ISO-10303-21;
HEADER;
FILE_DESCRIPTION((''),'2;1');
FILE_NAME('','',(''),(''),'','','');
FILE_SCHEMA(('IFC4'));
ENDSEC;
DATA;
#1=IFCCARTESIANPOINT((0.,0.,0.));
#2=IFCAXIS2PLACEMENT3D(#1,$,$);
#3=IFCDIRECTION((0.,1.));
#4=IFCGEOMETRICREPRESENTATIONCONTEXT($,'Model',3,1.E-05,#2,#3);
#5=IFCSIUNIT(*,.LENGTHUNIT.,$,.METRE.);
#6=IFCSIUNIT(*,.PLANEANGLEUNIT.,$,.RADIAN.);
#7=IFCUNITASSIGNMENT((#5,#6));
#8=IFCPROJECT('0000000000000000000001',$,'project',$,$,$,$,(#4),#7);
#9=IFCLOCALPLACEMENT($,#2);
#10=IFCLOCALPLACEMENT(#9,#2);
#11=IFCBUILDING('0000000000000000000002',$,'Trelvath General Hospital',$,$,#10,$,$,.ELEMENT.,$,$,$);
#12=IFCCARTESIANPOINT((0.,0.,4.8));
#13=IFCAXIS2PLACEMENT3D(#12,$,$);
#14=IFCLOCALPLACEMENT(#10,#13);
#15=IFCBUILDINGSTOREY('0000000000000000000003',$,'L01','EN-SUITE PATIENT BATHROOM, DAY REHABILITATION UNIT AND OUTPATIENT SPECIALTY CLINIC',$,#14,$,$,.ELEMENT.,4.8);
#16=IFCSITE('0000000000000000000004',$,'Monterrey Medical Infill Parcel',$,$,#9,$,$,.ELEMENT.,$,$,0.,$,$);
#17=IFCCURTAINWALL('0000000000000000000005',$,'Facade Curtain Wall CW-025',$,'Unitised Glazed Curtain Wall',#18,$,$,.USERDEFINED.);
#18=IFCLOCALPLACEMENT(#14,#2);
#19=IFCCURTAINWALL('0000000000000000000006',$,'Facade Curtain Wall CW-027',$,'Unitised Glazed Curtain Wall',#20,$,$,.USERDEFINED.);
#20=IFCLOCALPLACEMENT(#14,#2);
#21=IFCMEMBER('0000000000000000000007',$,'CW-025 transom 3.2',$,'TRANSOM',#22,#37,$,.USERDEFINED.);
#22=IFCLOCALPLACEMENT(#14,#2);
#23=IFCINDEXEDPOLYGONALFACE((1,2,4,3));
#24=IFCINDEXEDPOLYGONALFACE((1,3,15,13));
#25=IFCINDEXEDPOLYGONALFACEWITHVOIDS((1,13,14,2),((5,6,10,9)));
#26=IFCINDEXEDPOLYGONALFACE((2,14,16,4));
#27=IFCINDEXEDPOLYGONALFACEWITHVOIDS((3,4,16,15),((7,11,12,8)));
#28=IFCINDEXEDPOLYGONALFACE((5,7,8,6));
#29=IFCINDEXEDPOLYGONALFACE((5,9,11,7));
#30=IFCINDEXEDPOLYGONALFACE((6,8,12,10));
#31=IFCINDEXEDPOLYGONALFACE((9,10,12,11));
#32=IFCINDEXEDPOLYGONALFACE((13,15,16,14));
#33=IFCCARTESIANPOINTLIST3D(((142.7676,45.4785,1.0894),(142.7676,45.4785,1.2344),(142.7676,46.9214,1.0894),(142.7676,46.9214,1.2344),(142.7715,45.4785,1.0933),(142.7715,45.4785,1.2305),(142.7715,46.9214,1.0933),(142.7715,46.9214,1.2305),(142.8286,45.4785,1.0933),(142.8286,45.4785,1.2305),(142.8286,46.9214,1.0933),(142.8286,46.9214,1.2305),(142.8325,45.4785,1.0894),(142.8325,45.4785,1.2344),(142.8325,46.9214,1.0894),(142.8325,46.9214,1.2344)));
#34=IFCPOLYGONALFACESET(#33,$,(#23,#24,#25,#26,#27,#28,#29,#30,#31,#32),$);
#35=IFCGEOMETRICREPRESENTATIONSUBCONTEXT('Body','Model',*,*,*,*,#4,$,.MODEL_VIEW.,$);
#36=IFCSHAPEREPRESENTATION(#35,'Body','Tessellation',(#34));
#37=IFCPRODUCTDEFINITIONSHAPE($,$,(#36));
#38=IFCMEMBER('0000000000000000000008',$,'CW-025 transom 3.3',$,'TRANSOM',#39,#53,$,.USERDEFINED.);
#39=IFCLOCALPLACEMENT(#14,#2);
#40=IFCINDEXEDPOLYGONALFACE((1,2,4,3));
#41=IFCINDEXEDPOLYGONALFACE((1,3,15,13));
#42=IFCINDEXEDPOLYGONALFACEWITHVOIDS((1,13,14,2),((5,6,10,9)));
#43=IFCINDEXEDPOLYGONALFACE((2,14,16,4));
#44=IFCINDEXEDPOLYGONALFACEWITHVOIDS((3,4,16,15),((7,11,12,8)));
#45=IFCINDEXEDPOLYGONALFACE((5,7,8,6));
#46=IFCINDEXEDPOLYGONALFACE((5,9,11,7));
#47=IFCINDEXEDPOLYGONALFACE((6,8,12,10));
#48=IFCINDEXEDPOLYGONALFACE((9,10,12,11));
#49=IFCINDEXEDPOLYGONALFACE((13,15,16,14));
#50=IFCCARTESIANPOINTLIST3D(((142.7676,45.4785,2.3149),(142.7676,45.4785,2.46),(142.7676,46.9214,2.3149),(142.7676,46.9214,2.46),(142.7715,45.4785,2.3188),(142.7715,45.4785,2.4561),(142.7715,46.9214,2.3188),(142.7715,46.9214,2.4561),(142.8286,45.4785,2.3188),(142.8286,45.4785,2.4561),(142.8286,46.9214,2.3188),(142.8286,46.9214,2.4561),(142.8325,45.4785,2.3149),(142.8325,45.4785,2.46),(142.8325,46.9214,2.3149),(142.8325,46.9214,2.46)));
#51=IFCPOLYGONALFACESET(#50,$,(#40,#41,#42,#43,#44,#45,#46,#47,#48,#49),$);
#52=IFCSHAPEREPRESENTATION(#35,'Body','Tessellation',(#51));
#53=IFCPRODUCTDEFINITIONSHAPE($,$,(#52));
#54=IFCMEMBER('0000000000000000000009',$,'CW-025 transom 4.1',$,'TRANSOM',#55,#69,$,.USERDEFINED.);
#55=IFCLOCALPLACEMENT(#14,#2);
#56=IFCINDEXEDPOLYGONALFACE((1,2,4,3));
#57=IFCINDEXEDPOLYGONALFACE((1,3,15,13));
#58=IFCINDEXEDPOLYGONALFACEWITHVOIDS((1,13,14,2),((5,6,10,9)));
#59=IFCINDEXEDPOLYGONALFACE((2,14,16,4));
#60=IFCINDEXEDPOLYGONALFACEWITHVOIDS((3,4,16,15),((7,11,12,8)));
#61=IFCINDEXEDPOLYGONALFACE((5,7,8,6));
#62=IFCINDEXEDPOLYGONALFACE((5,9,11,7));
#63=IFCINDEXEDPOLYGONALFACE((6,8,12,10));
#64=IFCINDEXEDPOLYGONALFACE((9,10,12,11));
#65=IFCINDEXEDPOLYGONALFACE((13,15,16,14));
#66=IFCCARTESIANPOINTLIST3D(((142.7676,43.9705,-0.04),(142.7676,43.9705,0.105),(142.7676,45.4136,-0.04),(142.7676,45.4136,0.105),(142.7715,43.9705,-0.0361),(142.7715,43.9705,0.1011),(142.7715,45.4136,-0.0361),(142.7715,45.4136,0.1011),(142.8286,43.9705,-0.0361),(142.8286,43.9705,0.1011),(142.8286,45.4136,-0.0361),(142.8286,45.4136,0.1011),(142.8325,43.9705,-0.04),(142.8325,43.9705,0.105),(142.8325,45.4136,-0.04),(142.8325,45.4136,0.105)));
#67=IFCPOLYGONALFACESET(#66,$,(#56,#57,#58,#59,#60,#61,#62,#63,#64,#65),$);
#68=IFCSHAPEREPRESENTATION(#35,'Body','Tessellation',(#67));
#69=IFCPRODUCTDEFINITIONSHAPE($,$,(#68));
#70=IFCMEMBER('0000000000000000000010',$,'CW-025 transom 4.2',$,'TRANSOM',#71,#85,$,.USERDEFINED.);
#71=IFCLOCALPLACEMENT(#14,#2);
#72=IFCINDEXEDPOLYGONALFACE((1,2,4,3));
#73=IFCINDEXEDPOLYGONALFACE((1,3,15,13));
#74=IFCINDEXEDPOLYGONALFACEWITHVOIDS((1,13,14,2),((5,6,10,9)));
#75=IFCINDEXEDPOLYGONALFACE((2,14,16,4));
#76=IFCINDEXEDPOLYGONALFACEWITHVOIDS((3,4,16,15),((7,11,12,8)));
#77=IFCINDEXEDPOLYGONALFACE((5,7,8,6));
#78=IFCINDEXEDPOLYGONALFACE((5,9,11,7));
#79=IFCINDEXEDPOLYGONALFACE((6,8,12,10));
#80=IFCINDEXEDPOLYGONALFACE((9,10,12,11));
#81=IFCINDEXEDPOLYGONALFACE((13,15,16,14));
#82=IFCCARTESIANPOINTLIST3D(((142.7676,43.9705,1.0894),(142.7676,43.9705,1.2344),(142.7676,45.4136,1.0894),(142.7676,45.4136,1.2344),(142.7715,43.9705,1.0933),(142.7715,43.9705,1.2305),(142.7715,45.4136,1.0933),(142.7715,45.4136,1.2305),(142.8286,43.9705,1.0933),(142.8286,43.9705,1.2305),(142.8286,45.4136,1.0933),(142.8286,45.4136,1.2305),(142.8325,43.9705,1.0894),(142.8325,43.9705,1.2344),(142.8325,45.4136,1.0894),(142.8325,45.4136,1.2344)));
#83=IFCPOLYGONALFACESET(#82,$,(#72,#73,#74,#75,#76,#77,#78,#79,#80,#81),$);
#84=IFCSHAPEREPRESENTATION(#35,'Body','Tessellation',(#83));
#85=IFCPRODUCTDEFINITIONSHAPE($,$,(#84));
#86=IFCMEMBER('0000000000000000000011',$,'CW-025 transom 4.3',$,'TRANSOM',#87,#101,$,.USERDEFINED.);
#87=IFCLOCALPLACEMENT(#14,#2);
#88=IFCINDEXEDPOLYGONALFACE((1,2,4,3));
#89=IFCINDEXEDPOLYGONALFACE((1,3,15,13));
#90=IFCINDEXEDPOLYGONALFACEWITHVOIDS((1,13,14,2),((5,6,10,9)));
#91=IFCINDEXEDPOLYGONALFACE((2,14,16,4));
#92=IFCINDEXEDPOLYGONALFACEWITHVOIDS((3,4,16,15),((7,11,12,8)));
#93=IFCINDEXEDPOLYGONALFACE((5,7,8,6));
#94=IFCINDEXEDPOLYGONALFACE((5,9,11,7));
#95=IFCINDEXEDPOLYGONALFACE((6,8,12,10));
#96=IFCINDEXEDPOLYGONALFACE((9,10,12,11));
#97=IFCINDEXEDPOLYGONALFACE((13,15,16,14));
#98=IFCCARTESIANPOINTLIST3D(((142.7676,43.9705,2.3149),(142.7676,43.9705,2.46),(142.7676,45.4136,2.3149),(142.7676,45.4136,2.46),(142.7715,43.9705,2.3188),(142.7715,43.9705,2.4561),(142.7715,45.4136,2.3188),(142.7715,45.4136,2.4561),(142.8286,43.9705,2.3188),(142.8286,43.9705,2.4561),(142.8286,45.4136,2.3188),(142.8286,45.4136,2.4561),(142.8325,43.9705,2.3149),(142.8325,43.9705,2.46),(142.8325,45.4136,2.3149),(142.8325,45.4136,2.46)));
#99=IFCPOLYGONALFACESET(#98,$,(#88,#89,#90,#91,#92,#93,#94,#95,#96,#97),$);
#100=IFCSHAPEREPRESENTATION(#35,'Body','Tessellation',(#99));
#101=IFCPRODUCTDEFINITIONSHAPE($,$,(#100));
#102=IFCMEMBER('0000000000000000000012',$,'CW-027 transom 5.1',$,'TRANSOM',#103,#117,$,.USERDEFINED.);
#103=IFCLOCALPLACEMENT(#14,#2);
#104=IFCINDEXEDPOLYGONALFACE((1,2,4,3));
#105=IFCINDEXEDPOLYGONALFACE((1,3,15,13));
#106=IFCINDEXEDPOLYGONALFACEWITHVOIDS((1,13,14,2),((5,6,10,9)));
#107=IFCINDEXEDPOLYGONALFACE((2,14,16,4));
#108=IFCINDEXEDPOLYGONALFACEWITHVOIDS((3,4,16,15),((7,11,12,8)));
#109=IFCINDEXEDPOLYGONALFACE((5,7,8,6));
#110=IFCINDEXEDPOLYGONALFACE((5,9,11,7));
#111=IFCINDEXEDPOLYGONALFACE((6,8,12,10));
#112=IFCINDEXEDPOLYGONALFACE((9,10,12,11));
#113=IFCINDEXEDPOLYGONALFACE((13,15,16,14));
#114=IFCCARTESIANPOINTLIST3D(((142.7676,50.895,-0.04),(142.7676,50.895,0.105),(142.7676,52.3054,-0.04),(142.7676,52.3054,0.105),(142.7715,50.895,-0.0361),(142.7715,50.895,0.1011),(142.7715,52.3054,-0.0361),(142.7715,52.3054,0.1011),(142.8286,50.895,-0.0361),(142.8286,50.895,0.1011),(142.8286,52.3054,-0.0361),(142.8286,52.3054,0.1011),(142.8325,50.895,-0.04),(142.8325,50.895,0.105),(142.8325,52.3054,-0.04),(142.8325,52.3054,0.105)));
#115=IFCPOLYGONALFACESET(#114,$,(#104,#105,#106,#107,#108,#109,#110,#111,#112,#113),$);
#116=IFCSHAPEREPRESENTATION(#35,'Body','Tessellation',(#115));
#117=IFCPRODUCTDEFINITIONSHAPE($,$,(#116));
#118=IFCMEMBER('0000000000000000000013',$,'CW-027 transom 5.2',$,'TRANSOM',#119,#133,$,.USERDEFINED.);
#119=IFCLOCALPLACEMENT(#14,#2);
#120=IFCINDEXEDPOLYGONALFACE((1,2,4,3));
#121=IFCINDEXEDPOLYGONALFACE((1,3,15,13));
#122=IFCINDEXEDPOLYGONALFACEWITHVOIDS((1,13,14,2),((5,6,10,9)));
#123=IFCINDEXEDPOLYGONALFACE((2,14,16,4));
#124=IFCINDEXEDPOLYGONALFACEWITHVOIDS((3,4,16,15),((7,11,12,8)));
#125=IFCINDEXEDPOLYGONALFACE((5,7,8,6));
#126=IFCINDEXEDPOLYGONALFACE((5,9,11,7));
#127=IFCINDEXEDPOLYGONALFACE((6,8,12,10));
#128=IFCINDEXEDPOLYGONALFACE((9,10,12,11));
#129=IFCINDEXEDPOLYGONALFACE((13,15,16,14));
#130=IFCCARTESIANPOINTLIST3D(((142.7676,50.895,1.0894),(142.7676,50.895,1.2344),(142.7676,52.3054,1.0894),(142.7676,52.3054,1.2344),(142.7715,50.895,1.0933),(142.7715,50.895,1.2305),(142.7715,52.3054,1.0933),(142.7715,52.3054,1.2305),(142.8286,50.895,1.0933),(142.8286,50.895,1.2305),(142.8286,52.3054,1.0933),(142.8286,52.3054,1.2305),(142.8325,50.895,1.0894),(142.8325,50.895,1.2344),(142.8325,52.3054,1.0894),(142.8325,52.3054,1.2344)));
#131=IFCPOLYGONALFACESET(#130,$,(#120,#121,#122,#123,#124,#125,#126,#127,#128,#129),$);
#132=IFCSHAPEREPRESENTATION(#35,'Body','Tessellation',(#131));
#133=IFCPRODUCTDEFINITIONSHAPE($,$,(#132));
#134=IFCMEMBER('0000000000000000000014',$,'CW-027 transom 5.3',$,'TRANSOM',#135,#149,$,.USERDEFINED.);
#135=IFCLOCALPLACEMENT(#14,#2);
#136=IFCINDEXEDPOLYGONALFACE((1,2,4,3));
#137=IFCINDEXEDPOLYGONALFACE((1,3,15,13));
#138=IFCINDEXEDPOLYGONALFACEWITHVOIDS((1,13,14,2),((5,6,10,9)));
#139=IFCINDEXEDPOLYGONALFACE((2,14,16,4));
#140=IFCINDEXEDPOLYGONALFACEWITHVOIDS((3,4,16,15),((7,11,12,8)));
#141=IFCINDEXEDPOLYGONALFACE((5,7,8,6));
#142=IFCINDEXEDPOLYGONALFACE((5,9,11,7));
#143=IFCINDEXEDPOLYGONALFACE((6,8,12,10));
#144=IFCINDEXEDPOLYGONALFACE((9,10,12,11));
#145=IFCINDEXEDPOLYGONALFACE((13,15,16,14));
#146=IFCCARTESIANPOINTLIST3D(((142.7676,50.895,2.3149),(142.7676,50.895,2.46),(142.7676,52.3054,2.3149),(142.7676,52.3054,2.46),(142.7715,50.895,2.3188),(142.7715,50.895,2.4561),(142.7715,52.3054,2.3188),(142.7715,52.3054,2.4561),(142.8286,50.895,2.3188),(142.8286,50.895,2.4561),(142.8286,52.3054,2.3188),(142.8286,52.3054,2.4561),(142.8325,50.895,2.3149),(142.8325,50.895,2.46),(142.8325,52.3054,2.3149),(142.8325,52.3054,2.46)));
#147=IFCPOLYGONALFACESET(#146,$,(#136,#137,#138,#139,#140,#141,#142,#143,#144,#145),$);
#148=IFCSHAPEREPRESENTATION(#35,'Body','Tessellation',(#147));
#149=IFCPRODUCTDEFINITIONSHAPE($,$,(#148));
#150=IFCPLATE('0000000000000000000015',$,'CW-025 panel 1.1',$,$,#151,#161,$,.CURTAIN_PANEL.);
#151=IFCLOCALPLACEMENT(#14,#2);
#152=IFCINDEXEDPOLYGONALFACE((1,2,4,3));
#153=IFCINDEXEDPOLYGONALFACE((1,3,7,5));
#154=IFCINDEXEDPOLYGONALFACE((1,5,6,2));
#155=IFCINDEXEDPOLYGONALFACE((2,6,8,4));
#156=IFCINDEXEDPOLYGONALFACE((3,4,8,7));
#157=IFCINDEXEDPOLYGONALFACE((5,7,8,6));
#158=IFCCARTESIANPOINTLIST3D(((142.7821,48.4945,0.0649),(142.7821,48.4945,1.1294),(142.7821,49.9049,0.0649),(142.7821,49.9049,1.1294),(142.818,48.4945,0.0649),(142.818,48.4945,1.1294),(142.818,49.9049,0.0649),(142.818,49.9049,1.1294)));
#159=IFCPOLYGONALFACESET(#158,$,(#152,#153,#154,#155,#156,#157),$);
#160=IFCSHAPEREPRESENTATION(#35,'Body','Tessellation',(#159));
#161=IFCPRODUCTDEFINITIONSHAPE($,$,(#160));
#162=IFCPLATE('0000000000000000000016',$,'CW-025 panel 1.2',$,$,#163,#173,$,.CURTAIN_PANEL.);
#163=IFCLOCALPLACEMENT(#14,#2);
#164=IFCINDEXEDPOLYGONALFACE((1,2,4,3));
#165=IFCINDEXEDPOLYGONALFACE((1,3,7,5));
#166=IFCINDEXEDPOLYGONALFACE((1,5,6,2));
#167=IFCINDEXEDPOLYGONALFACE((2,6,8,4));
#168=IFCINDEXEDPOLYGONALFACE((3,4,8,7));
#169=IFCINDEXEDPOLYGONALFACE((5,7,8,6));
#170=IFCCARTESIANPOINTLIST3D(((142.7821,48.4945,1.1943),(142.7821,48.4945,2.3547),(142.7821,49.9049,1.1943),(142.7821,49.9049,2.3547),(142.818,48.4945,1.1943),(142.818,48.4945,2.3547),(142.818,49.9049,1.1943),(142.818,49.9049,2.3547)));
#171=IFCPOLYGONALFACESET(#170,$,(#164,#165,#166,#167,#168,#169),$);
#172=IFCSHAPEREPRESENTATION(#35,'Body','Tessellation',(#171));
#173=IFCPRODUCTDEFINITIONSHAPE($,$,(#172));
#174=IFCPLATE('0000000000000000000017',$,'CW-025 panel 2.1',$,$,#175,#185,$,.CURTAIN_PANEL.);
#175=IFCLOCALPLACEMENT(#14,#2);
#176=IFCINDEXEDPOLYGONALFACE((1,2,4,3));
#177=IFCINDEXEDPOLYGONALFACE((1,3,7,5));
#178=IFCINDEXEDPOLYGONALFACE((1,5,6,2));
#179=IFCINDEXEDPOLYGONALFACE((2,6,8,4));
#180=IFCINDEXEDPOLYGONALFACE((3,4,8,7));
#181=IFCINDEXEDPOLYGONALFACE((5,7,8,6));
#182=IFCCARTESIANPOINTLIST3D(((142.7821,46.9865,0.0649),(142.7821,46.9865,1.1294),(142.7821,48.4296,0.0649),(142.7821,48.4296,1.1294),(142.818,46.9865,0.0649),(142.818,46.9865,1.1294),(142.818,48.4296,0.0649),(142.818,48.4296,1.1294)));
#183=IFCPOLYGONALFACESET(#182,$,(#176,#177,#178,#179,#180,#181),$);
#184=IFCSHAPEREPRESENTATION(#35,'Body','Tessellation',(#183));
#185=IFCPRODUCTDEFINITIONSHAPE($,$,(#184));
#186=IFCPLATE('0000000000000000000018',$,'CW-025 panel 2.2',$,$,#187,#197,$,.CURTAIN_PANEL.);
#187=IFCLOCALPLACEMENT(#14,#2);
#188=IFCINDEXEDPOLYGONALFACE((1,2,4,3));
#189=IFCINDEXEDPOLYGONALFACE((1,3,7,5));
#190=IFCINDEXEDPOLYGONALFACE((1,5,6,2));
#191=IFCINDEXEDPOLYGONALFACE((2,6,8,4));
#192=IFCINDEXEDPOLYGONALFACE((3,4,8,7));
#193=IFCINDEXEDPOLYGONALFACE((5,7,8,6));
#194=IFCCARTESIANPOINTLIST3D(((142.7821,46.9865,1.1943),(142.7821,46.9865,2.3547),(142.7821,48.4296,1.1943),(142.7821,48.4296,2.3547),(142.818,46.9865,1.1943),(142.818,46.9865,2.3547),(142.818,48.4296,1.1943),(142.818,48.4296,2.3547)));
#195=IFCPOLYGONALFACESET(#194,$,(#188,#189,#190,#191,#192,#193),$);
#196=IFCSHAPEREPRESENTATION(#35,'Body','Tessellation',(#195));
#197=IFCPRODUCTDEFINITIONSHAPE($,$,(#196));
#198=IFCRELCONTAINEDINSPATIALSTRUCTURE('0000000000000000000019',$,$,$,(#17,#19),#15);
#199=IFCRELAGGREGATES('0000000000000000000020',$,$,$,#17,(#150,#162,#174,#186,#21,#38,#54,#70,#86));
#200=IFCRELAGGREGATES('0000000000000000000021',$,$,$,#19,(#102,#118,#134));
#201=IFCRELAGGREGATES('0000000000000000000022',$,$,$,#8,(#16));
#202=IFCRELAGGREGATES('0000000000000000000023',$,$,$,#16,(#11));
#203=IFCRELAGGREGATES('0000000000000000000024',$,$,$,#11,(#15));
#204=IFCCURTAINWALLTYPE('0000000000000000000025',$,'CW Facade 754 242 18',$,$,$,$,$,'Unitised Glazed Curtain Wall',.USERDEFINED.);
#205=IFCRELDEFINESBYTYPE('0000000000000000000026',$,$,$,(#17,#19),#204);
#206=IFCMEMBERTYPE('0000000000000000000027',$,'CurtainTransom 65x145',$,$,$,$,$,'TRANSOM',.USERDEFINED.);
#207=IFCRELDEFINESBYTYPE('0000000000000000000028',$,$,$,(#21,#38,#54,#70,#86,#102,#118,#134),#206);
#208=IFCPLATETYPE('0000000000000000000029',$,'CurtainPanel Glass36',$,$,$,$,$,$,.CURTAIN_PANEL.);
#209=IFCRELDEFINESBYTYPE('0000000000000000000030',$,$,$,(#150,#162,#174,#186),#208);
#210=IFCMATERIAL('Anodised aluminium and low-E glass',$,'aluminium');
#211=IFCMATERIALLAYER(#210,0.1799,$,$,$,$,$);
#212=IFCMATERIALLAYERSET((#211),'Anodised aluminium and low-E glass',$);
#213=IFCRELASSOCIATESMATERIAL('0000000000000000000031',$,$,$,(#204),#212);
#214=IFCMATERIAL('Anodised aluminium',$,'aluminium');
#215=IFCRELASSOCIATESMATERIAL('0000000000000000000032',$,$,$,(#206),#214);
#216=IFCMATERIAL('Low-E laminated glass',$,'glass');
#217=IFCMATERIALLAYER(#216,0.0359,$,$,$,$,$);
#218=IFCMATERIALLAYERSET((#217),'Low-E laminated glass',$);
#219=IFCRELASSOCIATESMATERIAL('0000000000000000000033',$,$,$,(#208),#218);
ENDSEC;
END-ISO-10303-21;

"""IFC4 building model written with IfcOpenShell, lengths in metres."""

from ifc_helpers import new_model, si_unit, direction, frame, origin, origin_2d, place, context, subcontext, project, spatial, rectangle, hollow_rectangle, extrude, material, layer, layer_set, material_profile, profile_set, type_object, element, aggregate, save


model = new_model("IFC4")

# Units and contexts
model_context = context("Model", 3, precision=1e-05, world=origin(), true_north=direction((0.0, 1.0)))
body_context = subcontext(model_context, "Body", "Model", "MODEL_VIEW")
ifc_project = project(units=[si_unit("LENGTHUNIT", "METRE"), si_unit("PLANEANGLEUNIT", "RADIAN")], contexts=[model_context])

# Site, building, storey
site_placement = place(None, origin())
site = spatial("IfcSite", under=ifc_project, at=site_placement, Name="Monterrey Medical Infill Parcel", CompositionType="ELEMENT", RefElevation=0.0)
building_placement = place(site_placement, origin())
building = spatial("IfcBuilding", under=site, at=building_placement, Name="Trelvath General Hospital", CompositionType="ELEMENT")
storey_placement = place(building_placement, frame((0.0, 0.0, 4.8)))
storey = spatial("IfcBuildingStorey", under=building, at=storey_placement, Name="L01", Description="EN-SUITE PATIENT BATHROOM, DAY REHABILITATION UNIT AND OUTPATIENT SPECIALTY CLINIC", CompositionType="ELEMENT", Elevation=4.8)

# Curtain walls
ifc_material_1 = material(Name="Anodised aluminium and low-E glass", Category="aluminium")
ifc_layer_1 = layer(ifc_material_1, 0.1799)
ifc_layer_set_1 = layer_set([ifc_layer_1], Name="Anodised aluminium and low-E glass")
curtain_wall_type = type_object("IfcCurtainWallType", Name="CW Facade 754 242 18", ElementType="Unitised Glazed Curtain Wall", PredefinedType="USERDEFINED", material=ifc_layer_set_1)
curtain_wall_1_placement = place(storey_placement, origin())
curtain_wall_1 = element("IfcCurtainWall", 1, at=curtain_wall_1_placement, inside=storey, type_object=curtain_wall_type, Name="Facade Curtain Wall CW-025", ObjectType="Unitised Glazed Curtain Wall", PredefinedType="USERDEFINED")
curtain_wall_2_placement = place(storey_placement, origin())
curtain_wall_2 = element("IfcCurtainWall", 2, at=curtain_wall_2_placement, inside=storey, type_object=curtain_wall_type, Name="Facade Curtain Wall CW-027", ObjectType="Unitised Glazed Curtain Wall", PredefinedType="USERDEFINED")

# Members
ifc_material_2 = material(Name="Anodised aluminium", Category="aluminium")
ifc_material_profile_1 = material_profile(ifc_material_2, hollow_rectangle(XDim=0.0649, YDim=0.145, WallThickness=0.0039, at=origin_2d()), Name="RHS65x145x4")
ifc_profile_set_1 = profile_set([ifc_material_profile_1], Name="Anodised aluminium")
member_type_1 = type_object("IfcMemberType", Name="CurtainTransom 65x145", ElementType="TRANSOM", PredefinedType="USERDEFINED", material=ifc_profile_set_1)
member_1_placement = place(storey_placement, frame((142.8, 46.9214, 1.1619), z_axis=(0.0, -1.0, 0.0), x_axis=(1.0, 0.0, 0.0)))
member_1 = element("IfcMember", 3, at=member_1_placement, type_object=member_type_1, Name="CW-025 transom 3.2", ObjectType="TRANSOM", PredefinedType="USERDEFINED", context=body_context, shape_type="SweptSolid", body=[
    extrude(hollow_rectangle(XDim=0.0649, YDim=0.145, WallThickness=0.0039, at=origin_2d()), origin(), (0.0, 0.0, 1.0), 1.4429),
])
member_2_placement = place(storey_placement, frame((142.8, 46.9214, 2.3875), z_axis=(0.0, -1.0, 0.0), x_axis=(1.0, 0.0, 0.0)))
member_2 = element("IfcMember", 4, at=member_2_placement, type_object=member_type_1, Name="CW-025 transom 3.3", ObjectType="TRANSOM", PredefinedType="USERDEFINED", context=body_context, shape_type="SweptSolid", body=[
    extrude(hollow_rectangle(XDim=0.0649, YDim=0.145, WallThickness=0.0039, at=origin_2d()), origin(), (0.0, 0.0, 1.0), 1.4429),
])
member_3_placement = place(storey_placement, frame((142.8, 45.4136, 0.0325), z_axis=(0.0, -1.0, 0.0), x_axis=(1.0, 0.0, 0.0)))
member_3 = element("IfcMember", 5, at=member_3_placement, type_object=member_type_1, Name="CW-025 transom 4.1", ObjectType="TRANSOM", PredefinedType="USERDEFINED", context=body_context, shape_type="SweptSolid", body=[
    extrude(hollow_rectangle(XDim=0.0649, YDim=0.145, WallThickness=0.0039, at=origin_2d()), origin(), (0.0, 0.0, 1.0), 1.4431),
])
member_4_placement = place(storey_placement, frame((142.8, 45.4136, 1.1619), z_axis=(0.0, -1.0, 0.0), x_axis=(1.0, 0.0, 0.0)))
member_4 = element("IfcMember", 6, at=member_4_placement, type_object=member_type_1, Name="CW-025 transom 4.2", ObjectType="TRANSOM", PredefinedType="USERDEFINED", context=body_context, shape_type="SweptSolid", body=[
    extrude(hollow_rectangle(XDim=0.0649, YDim=0.145, WallThickness=0.0039, at=origin_2d()), origin(), (0.0, 0.0, 1.0), 1.4431),
])
member_5_placement = place(storey_placement, frame((142.8, 45.4136, 2.3875), z_axis=(0.0, -1.0, 0.0), x_axis=(1.0, 0.0, 0.0)))
member_5 = element("IfcMember", 7, at=member_5_placement, type_object=member_type_1, Name="CW-025 transom 4.3", ObjectType="TRANSOM", PredefinedType="USERDEFINED", context=body_context, shape_type="SweptSolid", body=[
    extrude(hollow_rectangle(XDim=0.0649, YDim=0.145, WallThickness=0.0039, at=origin_2d()), origin(), (0.0, 0.0, 1.0), 1.4431),
])
member_6_placement = place(storey_placement, frame((142.8, 52.3054, 0.0325), z_axis=(0.0, -1.0, 0.0), x_axis=(1.0, 0.0, 0.0)))
member_6 = element("IfcMember", 8, at=member_6_placement, type_object=member_type_1, Name="CW-027 transom 5.1", ObjectType="TRANSOM", PredefinedType="USERDEFINED", context=body_context, shape_type="SweptSolid", body=[
    extrude(hollow_rectangle(XDim=0.0649, YDim=0.145, WallThickness=0.0039, at=origin_2d()), origin(), (0.0, 0.0, 1.0), 1.4104),
])
member_7_placement = place(storey_placement, frame((142.8, 52.3054, 1.1619), z_axis=(0.0, -1.0, 0.0), x_axis=(1.0, 0.0, 0.0)))
member_7 = element("IfcMember", 9, at=member_7_placement, type_object=member_type_1, Name="CW-027 transom 5.2", ObjectType="TRANSOM", PredefinedType="USERDEFINED", context=body_context, shape_type="SweptSolid", body=[
    extrude(hollow_rectangle(XDim=0.0649, YDim=0.145, WallThickness=0.0039, at=origin_2d()), origin(), (0.0, 0.0, 1.0), 1.4104),
])
member_8_placement = place(storey_placement, frame((142.8, 52.3054, 2.3875), z_axis=(0.0, -1.0, 0.0), x_axis=(1.0, 0.0, 0.0)))
member_8 = element("IfcMember", 10, at=member_8_placement, type_object=member_type_1, Name="CW-027 transom 5.3", ObjectType="TRANSOM", PredefinedType="USERDEFINED", context=body_context, shape_type="SweptSolid", body=[
    extrude(hollow_rectangle(XDim=0.0649, YDim=0.145, WallThickness=0.0039, at=origin_2d()), origin(), (0.0, 0.0, 1.0), 1.4104),
])

# Plates
ifc_material_3 = material(Name="Low-E laminated glass", Category="glass")
ifc_layer_2 = layer(ifc_material_3, 0.0359)
ifc_layer_set_2 = layer_set([ifc_layer_2], Name="Low-E laminated glass")
plate_type = type_object("IfcPlateType", Name="CurtainPanel Glass36", PredefinedType="CURTAIN_PANEL", material=ifc_layer_set_2)
plate_1_placement = place(storey_placement, frame((142.8, 49.1997, 0.0649), z_axis=(0.0, 0.0, 1.0), x_axis=(0.0, -1.0, 0.0)))
plate_1 = element("IfcPlate", 11, at=plate_1_placement, type_object=plate_type, Name="CW-025 panel 1.1", PredefinedType="CURTAIN_PANEL", context=body_context, shape_type="SweptSolid", body=[
    extrude(rectangle(XDim=1.4104, YDim=0.0359, at=origin_2d()), origin(), (0.0, 0.0, 1.0), 1.0645),
])
plate_2_placement = place(storey_placement, frame((142.8, 49.1997, 1.1943), z_axis=(0.0, 0.0, 1.0), x_axis=(0.0, -1.0, 0.0)))
plate_2 = element("IfcPlate", 12, at=plate_2_placement, type_object=plate_type, Name="CW-025 panel 1.2", PredefinedType="CURTAIN_PANEL", context=body_context, shape_type="SweptSolid", body=[
    extrude(rectangle(XDim=1.4104, YDim=0.0359, at=origin_2d()), origin(), (0.0, 0.0, 1.0), 1.1604),
])
plate_3_placement = place(storey_placement, frame((142.8, 47.708, 0.0649), z_axis=(0.0, 0.0, 1.0), x_axis=(0.0, -1.0, 0.0)))
plate_3 = element("IfcPlate", 13, at=plate_3_placement, type_object=plate_type, Name="CW-025 panel 2.1", PredefinedType="CURTAIN_PANEL", context=body_context, shape_type="SweptSolid", body=[
    extrude(rectangle(XDim=1.4431, YDim=0.0359, at=origin_2d()), origin(), (0.0, 0.0, 1.0), 1.0645),
])
plate_4_placement = place(storey_placement, frame((142.8, 47.708, 1.1943), z_axis=(0.0, 0.0, 1.0), x_axis=(0.0, -1.0, 0.0)))
plate_4 = element("IfcPlate", 14, at=plate_4_placement, type_object=plate_type, Name="CW-025 panel 2.2", PredefinedType="CURTAIN_PANEL", context=body_context, shape_type="SweptSolid", body=[
    extrude(rectangle(XDim=1.4431, YDim=0.0359, at=origin_2d()), origin(), (0.0, 0.0, 1.0), 1.1604),
])
aggregate(curtain_wall_1, [plate_1, plate_2, plate_3, plate_4, member_1, member_2, member_3, member_4, member_5])
aggregate(curtain_wall_2, [member_6, member_7, member_8])

save(model, "model.ifc")
